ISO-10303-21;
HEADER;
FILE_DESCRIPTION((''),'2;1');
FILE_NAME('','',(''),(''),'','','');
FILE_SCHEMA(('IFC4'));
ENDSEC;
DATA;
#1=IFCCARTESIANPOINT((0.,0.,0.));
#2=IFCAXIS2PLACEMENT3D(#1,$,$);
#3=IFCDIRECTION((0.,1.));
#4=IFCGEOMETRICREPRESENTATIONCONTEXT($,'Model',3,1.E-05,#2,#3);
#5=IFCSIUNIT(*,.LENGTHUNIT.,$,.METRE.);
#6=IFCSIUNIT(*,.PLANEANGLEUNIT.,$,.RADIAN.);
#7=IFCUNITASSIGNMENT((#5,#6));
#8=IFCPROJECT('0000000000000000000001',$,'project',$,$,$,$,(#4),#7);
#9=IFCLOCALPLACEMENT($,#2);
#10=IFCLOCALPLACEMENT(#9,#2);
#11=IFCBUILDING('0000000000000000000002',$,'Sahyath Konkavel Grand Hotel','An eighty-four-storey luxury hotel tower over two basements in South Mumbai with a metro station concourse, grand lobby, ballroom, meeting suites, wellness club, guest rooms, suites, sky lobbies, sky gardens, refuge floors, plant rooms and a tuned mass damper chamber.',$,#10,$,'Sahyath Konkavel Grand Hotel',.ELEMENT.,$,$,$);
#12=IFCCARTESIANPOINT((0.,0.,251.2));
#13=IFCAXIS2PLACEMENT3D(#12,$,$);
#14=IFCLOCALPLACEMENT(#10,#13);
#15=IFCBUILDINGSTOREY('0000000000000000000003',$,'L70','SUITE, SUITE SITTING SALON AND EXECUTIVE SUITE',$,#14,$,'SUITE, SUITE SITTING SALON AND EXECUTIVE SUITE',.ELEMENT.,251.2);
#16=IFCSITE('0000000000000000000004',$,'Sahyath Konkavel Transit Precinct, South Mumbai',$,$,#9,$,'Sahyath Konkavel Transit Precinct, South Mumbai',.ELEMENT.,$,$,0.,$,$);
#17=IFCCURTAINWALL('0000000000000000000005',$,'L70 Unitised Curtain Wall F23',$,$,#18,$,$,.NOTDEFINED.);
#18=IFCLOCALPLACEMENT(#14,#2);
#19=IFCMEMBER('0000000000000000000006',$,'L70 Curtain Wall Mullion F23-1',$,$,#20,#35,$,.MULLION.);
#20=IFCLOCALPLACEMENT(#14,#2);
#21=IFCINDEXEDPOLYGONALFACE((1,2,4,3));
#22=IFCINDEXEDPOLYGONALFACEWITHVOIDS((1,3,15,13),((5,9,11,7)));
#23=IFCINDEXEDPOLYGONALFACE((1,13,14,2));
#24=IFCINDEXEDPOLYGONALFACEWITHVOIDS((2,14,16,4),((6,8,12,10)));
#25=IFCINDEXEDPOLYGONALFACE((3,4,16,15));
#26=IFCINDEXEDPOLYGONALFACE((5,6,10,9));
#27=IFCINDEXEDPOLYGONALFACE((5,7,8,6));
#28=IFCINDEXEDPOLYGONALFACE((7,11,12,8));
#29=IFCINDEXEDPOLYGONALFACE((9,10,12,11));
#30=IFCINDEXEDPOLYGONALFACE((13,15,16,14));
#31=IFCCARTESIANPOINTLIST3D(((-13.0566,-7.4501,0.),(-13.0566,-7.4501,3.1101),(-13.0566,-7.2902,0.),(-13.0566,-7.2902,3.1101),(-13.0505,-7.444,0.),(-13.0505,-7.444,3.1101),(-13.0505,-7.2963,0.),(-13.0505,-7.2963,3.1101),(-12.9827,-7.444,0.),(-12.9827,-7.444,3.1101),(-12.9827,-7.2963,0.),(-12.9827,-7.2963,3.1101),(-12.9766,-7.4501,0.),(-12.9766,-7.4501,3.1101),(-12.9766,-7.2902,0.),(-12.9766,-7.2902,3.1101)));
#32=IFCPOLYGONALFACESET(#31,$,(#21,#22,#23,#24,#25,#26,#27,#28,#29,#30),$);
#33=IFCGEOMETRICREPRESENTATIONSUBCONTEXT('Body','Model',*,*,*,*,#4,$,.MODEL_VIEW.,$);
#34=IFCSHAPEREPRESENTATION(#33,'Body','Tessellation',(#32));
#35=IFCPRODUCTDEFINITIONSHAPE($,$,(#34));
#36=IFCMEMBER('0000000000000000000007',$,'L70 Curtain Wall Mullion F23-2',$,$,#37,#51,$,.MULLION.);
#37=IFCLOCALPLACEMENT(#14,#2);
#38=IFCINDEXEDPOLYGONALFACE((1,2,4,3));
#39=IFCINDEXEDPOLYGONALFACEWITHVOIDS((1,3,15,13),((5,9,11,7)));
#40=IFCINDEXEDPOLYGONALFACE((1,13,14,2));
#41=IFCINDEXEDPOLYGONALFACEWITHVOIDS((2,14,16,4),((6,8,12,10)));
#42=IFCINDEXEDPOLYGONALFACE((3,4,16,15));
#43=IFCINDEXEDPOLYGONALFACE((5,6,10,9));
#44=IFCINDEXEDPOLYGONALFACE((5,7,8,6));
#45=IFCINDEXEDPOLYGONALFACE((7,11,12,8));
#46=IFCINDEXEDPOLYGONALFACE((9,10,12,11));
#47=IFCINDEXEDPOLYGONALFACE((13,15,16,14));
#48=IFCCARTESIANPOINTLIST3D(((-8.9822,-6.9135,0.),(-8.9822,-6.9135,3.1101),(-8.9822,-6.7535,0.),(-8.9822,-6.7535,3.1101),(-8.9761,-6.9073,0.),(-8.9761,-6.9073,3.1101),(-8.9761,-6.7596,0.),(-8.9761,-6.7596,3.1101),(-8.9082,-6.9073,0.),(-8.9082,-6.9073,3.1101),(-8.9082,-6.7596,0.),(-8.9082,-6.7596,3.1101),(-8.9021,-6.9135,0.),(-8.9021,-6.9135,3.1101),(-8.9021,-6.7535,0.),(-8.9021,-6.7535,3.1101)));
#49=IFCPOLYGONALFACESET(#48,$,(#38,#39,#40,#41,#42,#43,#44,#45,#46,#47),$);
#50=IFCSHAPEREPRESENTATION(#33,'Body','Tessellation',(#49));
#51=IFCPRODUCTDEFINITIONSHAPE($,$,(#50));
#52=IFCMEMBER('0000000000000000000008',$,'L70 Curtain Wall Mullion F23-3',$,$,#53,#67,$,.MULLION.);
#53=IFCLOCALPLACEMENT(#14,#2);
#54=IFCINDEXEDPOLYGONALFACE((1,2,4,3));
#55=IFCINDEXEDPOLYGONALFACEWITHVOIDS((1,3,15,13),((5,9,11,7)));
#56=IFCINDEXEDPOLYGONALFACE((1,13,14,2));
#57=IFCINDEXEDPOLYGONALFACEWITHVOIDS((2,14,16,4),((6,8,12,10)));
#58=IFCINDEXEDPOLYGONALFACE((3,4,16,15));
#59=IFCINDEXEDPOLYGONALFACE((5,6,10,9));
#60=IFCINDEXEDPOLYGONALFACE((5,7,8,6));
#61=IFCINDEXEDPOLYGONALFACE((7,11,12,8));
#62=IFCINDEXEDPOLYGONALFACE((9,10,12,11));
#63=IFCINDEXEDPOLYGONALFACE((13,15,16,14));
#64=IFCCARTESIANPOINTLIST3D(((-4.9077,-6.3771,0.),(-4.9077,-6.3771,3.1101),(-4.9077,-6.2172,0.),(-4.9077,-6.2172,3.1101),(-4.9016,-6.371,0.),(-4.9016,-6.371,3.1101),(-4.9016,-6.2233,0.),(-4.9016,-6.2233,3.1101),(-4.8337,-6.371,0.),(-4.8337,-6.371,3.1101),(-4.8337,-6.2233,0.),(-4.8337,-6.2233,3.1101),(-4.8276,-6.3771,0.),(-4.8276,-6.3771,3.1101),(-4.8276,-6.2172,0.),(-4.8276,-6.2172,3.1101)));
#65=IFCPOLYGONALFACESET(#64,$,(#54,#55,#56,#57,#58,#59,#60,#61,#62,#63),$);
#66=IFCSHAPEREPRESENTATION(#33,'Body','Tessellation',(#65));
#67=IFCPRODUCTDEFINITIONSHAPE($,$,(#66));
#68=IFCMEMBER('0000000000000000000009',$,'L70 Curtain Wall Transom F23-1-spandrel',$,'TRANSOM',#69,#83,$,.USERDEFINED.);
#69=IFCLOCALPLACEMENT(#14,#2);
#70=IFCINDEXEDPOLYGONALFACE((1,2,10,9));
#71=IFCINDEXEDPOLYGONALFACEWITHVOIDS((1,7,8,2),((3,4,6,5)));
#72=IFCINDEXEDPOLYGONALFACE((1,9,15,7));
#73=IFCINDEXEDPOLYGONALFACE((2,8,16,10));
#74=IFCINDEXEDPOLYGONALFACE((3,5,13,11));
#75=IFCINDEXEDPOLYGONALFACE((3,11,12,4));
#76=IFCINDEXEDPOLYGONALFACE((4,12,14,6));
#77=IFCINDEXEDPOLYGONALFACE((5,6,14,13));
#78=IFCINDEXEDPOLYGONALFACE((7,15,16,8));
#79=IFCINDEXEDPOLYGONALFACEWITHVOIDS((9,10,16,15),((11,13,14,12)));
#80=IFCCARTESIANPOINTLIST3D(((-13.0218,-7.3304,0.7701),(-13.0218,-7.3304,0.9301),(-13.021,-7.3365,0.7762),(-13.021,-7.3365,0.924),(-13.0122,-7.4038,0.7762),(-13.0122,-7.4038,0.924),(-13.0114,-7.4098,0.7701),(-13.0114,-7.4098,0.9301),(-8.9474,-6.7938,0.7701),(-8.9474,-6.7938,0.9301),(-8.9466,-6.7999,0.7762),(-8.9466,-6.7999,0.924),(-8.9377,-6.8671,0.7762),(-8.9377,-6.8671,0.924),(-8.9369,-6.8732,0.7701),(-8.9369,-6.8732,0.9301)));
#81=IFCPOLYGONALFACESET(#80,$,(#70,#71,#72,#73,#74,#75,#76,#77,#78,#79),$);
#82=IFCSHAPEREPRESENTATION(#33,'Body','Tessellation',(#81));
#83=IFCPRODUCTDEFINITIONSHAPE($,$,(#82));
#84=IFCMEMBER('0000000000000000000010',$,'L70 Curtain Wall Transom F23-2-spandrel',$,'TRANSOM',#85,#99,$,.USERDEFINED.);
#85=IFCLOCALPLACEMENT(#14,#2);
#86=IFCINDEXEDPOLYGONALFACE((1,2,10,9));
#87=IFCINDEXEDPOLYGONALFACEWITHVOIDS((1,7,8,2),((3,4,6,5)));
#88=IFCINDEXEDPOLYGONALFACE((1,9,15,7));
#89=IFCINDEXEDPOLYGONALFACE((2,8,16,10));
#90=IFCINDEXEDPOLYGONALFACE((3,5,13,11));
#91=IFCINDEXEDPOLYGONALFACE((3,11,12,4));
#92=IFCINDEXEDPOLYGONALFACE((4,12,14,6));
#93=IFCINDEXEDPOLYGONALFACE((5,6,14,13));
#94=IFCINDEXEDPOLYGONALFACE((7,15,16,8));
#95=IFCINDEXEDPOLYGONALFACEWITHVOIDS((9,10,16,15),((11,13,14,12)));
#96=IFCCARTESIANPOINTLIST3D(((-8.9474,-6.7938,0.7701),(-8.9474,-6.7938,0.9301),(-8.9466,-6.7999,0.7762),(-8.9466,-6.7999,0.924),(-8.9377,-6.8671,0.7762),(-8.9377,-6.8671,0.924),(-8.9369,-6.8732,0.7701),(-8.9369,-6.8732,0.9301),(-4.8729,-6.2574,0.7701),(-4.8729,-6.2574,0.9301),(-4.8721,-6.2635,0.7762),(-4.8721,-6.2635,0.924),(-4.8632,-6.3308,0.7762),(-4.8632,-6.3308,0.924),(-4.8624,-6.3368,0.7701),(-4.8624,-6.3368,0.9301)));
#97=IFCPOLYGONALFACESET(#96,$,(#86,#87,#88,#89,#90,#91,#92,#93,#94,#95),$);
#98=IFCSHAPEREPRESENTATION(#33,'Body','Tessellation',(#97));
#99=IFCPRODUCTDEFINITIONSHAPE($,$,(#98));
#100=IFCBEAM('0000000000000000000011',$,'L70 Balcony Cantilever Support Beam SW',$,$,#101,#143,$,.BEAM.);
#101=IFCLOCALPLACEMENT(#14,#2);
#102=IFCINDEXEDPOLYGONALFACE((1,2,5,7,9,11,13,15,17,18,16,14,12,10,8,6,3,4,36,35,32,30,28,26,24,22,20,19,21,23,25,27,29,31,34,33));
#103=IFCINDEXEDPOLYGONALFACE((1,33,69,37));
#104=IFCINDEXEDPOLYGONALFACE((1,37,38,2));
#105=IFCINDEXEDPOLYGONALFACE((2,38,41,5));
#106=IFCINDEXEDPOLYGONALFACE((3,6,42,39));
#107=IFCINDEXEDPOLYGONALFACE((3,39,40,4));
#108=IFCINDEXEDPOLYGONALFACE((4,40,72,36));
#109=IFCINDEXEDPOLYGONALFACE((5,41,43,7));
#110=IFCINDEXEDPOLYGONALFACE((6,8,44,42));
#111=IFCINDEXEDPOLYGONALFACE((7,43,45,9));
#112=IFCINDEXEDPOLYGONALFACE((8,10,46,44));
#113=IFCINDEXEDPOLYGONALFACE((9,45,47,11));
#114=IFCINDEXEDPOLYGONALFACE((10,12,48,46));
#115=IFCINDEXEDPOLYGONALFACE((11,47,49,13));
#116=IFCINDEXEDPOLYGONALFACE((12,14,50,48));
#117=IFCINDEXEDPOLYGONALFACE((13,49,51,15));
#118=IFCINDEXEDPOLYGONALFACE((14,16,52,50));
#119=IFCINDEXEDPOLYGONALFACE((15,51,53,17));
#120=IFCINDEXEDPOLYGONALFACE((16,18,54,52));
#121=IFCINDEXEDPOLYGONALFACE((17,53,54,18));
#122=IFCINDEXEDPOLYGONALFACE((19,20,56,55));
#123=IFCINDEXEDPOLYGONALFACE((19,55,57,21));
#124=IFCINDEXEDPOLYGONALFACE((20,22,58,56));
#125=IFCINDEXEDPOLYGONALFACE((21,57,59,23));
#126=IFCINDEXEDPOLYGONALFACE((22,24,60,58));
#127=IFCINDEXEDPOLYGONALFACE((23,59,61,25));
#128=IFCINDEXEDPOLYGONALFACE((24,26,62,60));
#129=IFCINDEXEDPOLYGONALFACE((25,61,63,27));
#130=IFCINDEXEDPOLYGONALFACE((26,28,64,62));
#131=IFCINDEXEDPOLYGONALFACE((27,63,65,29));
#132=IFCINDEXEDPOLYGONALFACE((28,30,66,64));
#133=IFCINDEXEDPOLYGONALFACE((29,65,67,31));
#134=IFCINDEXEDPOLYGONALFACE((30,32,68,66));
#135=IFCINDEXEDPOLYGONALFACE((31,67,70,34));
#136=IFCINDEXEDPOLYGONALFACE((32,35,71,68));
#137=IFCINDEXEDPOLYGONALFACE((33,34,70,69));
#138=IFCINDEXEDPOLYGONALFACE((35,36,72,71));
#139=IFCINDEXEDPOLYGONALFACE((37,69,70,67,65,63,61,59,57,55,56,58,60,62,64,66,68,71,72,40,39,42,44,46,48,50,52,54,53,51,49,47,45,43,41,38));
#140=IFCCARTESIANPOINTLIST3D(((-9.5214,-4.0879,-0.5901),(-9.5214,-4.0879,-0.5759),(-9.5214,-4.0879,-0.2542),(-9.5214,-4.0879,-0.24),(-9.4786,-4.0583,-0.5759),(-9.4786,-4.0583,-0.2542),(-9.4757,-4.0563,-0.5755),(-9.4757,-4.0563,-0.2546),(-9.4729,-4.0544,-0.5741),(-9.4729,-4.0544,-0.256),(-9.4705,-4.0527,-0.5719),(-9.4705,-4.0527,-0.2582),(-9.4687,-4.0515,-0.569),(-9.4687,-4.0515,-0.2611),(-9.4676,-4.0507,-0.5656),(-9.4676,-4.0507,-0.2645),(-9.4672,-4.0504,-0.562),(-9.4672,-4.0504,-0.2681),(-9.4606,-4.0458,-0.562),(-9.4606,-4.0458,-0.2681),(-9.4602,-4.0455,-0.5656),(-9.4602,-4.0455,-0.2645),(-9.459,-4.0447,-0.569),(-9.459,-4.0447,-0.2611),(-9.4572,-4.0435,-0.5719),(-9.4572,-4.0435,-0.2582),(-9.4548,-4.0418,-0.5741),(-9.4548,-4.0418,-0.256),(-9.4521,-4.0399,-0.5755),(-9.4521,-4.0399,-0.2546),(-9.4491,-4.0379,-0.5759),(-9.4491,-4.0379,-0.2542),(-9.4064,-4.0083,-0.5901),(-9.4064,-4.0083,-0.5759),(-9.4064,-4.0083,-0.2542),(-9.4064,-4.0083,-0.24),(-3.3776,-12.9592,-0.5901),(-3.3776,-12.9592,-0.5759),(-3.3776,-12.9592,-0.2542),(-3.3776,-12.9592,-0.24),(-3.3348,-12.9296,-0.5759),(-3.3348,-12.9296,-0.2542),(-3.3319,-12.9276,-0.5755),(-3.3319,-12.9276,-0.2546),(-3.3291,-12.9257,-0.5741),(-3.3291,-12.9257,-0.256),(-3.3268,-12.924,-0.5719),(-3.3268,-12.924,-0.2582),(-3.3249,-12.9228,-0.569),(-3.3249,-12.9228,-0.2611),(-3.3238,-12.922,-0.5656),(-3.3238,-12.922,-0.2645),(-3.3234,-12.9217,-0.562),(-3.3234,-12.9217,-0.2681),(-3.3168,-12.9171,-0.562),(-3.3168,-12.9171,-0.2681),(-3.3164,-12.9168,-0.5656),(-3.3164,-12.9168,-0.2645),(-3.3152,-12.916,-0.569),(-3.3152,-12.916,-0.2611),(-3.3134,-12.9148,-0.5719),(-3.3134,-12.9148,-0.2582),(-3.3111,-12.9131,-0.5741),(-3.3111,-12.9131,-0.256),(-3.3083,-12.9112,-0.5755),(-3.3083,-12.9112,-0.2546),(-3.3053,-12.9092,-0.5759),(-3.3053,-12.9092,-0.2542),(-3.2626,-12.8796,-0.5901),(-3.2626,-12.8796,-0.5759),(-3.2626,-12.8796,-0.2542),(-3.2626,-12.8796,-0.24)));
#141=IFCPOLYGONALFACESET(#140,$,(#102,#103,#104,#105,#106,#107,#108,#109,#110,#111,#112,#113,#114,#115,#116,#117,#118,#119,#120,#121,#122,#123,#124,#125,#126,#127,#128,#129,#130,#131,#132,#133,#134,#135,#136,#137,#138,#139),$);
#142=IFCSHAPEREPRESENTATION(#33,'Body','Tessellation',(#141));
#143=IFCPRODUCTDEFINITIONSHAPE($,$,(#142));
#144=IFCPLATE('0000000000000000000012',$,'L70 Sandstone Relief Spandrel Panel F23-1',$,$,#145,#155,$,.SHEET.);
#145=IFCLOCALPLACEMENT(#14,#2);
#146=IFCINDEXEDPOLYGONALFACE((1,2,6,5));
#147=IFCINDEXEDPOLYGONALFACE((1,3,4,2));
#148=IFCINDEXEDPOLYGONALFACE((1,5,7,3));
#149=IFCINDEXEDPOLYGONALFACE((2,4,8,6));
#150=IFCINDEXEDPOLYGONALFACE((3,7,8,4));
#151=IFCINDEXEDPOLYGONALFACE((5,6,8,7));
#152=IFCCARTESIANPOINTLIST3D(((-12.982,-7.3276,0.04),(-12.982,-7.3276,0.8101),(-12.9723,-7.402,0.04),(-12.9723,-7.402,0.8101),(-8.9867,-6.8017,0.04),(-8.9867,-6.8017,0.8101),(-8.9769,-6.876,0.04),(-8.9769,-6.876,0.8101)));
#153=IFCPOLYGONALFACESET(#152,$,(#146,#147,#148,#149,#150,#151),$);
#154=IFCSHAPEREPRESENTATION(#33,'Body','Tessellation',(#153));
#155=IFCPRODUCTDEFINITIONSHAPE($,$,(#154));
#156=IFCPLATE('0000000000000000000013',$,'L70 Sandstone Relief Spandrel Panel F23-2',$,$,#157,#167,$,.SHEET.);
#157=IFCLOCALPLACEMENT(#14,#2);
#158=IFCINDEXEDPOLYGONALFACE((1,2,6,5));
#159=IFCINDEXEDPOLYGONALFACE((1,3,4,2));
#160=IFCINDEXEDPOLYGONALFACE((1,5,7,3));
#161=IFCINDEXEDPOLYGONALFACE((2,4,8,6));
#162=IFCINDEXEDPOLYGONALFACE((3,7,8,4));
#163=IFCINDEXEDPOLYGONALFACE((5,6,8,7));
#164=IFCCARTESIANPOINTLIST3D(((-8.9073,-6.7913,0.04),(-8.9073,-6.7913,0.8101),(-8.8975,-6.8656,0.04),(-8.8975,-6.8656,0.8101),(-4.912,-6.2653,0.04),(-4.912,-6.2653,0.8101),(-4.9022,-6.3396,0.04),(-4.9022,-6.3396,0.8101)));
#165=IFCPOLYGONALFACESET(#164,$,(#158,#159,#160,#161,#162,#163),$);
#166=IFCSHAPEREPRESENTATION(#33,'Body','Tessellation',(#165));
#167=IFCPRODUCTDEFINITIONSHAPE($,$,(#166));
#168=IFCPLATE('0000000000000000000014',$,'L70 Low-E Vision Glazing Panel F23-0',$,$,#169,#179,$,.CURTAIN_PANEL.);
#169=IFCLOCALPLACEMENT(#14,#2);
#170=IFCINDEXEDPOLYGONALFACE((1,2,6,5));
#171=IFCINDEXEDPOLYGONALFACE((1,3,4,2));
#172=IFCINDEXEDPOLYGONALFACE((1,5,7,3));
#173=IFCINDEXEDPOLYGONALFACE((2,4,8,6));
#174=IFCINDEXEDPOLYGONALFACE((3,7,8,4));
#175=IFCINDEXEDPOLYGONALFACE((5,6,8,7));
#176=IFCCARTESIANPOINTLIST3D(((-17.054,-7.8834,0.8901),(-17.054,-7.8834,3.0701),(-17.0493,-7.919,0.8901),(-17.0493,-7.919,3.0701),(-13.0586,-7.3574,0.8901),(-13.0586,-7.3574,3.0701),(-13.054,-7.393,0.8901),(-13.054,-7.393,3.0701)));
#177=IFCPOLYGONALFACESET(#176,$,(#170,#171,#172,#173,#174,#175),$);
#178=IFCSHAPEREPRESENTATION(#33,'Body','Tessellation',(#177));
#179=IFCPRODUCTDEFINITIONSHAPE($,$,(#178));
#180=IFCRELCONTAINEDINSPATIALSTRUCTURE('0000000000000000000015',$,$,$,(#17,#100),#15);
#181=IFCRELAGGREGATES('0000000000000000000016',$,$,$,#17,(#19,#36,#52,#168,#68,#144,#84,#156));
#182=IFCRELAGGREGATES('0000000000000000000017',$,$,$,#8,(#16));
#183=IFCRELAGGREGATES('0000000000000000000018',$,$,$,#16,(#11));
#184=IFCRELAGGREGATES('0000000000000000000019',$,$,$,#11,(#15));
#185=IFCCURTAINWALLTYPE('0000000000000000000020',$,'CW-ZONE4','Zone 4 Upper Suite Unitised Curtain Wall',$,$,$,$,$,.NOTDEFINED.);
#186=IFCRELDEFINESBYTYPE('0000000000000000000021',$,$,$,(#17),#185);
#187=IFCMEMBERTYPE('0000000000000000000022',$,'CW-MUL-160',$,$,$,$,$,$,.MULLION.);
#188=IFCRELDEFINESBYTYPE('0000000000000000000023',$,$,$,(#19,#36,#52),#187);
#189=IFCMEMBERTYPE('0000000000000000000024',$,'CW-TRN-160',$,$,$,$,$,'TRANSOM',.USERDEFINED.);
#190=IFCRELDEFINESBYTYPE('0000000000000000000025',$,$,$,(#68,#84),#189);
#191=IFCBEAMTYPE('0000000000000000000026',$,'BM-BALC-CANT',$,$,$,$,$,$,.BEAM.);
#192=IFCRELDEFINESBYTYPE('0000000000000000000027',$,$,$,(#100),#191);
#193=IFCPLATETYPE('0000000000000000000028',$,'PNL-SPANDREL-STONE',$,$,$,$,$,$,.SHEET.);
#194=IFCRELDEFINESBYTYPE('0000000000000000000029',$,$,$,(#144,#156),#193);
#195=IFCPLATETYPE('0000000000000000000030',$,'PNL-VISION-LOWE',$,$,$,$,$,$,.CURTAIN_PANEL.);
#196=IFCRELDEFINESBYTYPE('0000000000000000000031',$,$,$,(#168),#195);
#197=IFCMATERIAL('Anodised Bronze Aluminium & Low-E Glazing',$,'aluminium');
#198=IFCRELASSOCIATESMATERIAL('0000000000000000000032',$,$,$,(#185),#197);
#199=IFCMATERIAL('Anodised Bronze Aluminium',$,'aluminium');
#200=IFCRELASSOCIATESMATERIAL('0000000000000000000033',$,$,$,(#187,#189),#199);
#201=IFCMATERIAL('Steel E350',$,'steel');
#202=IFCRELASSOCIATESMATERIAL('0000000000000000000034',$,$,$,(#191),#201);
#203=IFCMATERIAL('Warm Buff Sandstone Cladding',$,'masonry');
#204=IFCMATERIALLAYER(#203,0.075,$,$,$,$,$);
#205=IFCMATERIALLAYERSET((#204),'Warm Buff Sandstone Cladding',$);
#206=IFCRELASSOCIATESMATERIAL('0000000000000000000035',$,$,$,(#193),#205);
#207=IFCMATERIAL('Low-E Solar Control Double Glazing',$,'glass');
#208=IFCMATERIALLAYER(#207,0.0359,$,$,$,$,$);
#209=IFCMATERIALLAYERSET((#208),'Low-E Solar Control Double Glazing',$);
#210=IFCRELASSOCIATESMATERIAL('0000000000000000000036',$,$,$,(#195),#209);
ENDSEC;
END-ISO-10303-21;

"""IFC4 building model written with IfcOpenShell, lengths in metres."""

from ifc_helpers import new_model, si_unit, direction, frame, origin, origin_2d, place, context, subcontext, project, spatial, rectangle, hollow_rectangle, i_section, extrude, source, transform, mapped, material, layer, layer_set, material_profile, profile_set, type_object, element, aggregate, save


model = new_model("IFC4")

# Units and contexts
model_context = context("Model", 3, precision=1e-05, world=origin(), true_north=direction((0.0, 1.0)))
body_context = subcontext(model_context, "Body", "Model", "MODEL_VIEW")
ifc_project = project(units=[si_unit("LENGTHUNIT", "METRE"), si_unit("PLANEANGLEUNIT", "RADIAN")], contexts=[model_context])

# Site, building, storey
site_placement = place(None, origin())
site = spatial("IfcSite", under=ifc_project, at=site_placement, Name="Sahyath Konkavel Transit Precinct, South Mumbai", LongName="Sahyath Konkavel Transit Precinct, South Mumbai", CompositionType="ELEMENT", RefElevation=0.0)
building_placement = place(site_placement, origin())
building = spatial("IfcBuilding", under=site, at=building_placement, Name="Sahyath Konkavel Grand Hotel", Description="An eighty-four-storey luxury hotel tower over two basements in South Mumbai with a metro station concourse, grand lobby, ballroom, meeting suites, wellness club, guest rooms, suites, sky lobbies, sky gardens, refuge floors, plant rooms and a tuned mass damper chamber.", LongName="Sahyath Konkavel Grand Hotel", CompositionType="ELEMENT")
storey_placement = place(building_placement, frame((0.0, 0.0, 251.2)))
storey = spatial("IfcBuildingStorey", under=building, at=storey_placement, Name="L70", Description="SUITE, SUITE SITTING SALON AND EXECUTIVE SUITE", LongName="SUITE, SUITE SITTING SALON AND EXECUTIVE SUITE", CompositionType="ELEMENT", Elevation=251.2)

# Shared definitions
ifc_material_1 = material(Name="Steel E350", Category="steel")

# Curtain wall, members
ifc_material_2 = material(Name="Anodised Bronze Aluminium & Low-E Glazing", Category="aluminium")
curtain_wall_type = type_object("IfcCurtainWallType", Name="CW-ZONE4", Description="Zone 4 Upper Suite Unitised Curtain Wall", PredefinedType="NOTDEFINED", material=ifc_material_2)
curtain_wall_placement = place(storey_placement, origin())
curtain_wall = element("IfcCurtainWall", 1, at=curtain_wall_placement, inside=storey, type_object=curtain_wall_type, Name="L70 Unitised Curtain Wall F23", PredefinedType="NOTDEFINED")
ifc_material_3 = material(Name="Anodised Bronze Aluminium", Category="aluminium")
ifc_material_profile_1 = material_profile(ifc_material_3, hollow_rectangle(XDim=0.0801, YDim=0.1599, WallThickness=0.0061, at=origin_2d()), Name="RHS 160x80x6")
ifc_profile_set_1 = profile_set([ifc_material_profile_1], Name="Anodised Bronze Aluminium")
member_type_1 = type_object("IfcMemberType", Name="CW-MUL-160", PredefinedType="MULLION", material=ifc_profile_set_1)
shared_shape_1 = source(origin(), body_context, "Body", "SweptSolid", [
    extrude(hollow_rectangle(XDim=0.0801, YDim=0.1599, WallThickness=0.0061, at=origin_2d()), origin(), (0.0, 0.0, 1.0), 3.1101),
])
member_1_placement = place(storey_placement, frame((-13.0166, -7.3701, 0.0), z_axis=(0.0, 0.0, 1.0), x_axis=(1.0, 0.0, 0.0)))
member_1 = element("IfcMember", 2, at=member_1_placement, type_object=member_type_1, Name="L70 Curtain Wall Mullion F23-1", PredefinedType="MULLION", context=body_context, shape_type="MappedRepresentation", body=[
    mapped(shared_shape_1, transform((0.0, 0.0, 0.0), scale=1.0)),
])
member_2_placement = place(storey_placement, frame((-8.9421, -6.8335, 0.0), z_axis=(0.0, 0.0, 1.0), x_axis=(1.0, 0.0, 0.0)))
member_2 = element("IfcMember", 3, at=member_2_placement, type_object=member_type_1, Name="L70 Curtain Wall Mullion F23-2", PredefinedType="MULLION", context=body_context, shape_type="MappedRepresentation", body=[
    mapped(shared_shape_1, transform((0.0, 0.0, 0.0), scale=1.0)),
])
member_3_placement = place(storey_placement, frame((-4.8677, -6.2971, 0.0), z_axis=(0.0, 0.0, 1.0), x_axis=(1.0, 0.0, 0.0)))
member_3 = element("IfcMember", 4, at=member_3_placement, type_object=member_type_1, Name="L70 Curtain Wall Mullion F23-3", PredefinedType="MULLION", context=body_context, shape_type="MappedRepresentation", body=[
    mapped(shared_shape_1, transform((0.0, 0.0, 0.0), scale=1.0)),
])
ifc_material_profile_2 = material_profile(ifc_material_3, hollow_rectangle(XDim=0.0801, YDim=0.1599, WallThickness=0.0061, at=origin_2d()), Name="RHS 160x80x6")
ifc_profile_set_2 = profile_set([ifc_material_profile_2], Name="Anodised Bronze Aluminium")
member_type_2 = type_object("IfcMemberType", Name="CW-TRN-160", ElementType="TRANSOM", PredefinedType="USERDEFINED", material=ifc_profile_set_2)
shared_shape_2 = source(origin(), body_context, "Body", "SweptSolid", [
    extrude(hollow_rectangle(XDim=0.0801, YDim=0.1599, WallThickness=0.0061, at=origin_2d()), origin(), (0.0, 0.0, 1.0), 4.1096),
])
member_4_placement = place(storey_placement, frame((-13.0166, -7.3701, 0.8501), z_axis=(0.991438, 0.130576, 0.0), x_axis=(-0.130576, 0.991438, 0.0)))
member_4 = element("IfcMember", 5, at=member_4_placement, type_object=member_type_2, Name="L70 Curtain Wall Transom F23-1-spandrel", ObjectType="TRANSOM", PredefinedType="USERDEFINED", context=body_context, shape_type="MappedRepresentation", body=[
    mapped(shared_shape_2, transform((0.0, 0.0, 0.0), scale=1.0)),
])
member_5_placement = place(storey_placement, frame((-8.9421, -6.8335, 0.8501), z_axis=(0.991446, 0.130518, 0.0), x_axis=(-0.130518, 0.991446, 0.0)))
member_5 = element("IfcMember", 6, at=member_5_placement, type_object=member_type_2, Name="L70 Curtain Wall Transom F23-2-spandrel", ObjectType="TRANSOM", PredefinedType="USERDEFINED", context=body_context, shape_type="MappedRepresentation", body=[
    mapped(shared_shape_2, transform((0.0, 0.0, 0.0), scale=1.0)),
])

# Beam
ifc_material_profile_3 = material_profile(ifc_material_1, i_section(OverallWidth=0.1399, OverallDepth=0.3501, WebThickness=0.0081, FlangeThickness=0.0142, FilletRadius=0.0139, at=origin_2d()), Name="ISMB 350")
ifc_profile_set_3 = profile_set([ifc_material_profile_3], Name="Steel E350")
beam_type_1 = type_object("IfcBeamType", Name="BM-BALC-CANT", PredefinedType="BEAM", material=ifc_profile_set_3)
shared_shape_3 = source(origin(), body_context, "Body", "SweptSolid", [
    extrude(i_section(OverallWidth=0.1399, OverallDepth=0.3501, WebThickness=0.0081, FlangeThickness=0.0142, FilletRadius=0.0139, at=origin_2d()), origin(), (0.0, 0.0, 1.0), 10.791),
])
beam_1_placement = place(storey_placement, frame((-9.4639, -4.0481, -0.415), z_axis=(0.569342, -0.822101, 0.0), x_axis=(0.822101, 0.569342, 0.0)))
element("IfcBeam", 7, at=beam_1_placement, inside=storey, type_object=beam_type_1, Name="L70 Balcony Cantilever Support Beam SW", PredefinedType="BEAM", context=body_context, shape_type="MappedRepresentation", body=[
    mapped(shared_shape_3, transform((0.0, 0.0, 0.0), scale=1.0)),
])

# Plates
ifc_material_4 = material(Name="Warm Buff Sandstone Cladding", Category="masonry")
ifc_layer_1 = layer(ifc_material_4, 0.075)
ifc_layer_set_1 = layer_set([ifc_layer_1], Name="Warm Buff Sandstone Cladding")
plate_type_1 = type_object("IfcPlateType", Name="PNL-SPANDREL-STONE", PredefinedType="SHEET", material=ifc_layer_set_1)
shared_shape_4 = source(origin(), body_context, "Body", "SweptSolid", [
    extrude(rectangle(XDim=4.0298, YDim=0.075, at=origin_2d()), origin(), (0.0, 0.0, 1.0), 0.77),
])
plate_1_placement = place(storey_placement, frame((-10.9795, -7.1018, 0.04), z_axis=(0.0, 0.0, 1.0), x_axis=(0.991445, 0.130526, 0.0)))
plate_1 = element("IfcPlate", 8, at=plate_1_placement, type_object=plate_type_1, Name="L70 Sandstone Relief Spandrel Panel F23-1", PredefinedType="SHEET", context=body_context, shape_type="MappedRepresentation", body=[
    mapped(shared_shape_4, transform((0.0, 0.0, 0.0), scale=1.0)),
])
plate_2_placement = place(storey_placement, frame((-6.9048, -6.5654, 0.04), z_axis=(0.0, 0.0, 1.0), x_axis=(0.991445, 0.130526, 0.0)))
plate_2 = element("IfcPlate", 9, at=plate_2_placement, type_object=plate_type_1, Name="L70 Sandstone Relief Spandrel Panel F23-2", PredefinedType="SHEET", context=body_context, shape_type="MappedRepresentation", body=[
    mapped(shared_shape_4, transform((0.0, 0.0, 0.0), scale=1.0)),
])
ifc_material_5 = material(Name="Low-E Solar Control Double Glazing", Category="glass")
ifc_layer_2 = layer(ifc_material_5, 0.0359)
ifc_layer_set_2 = layer_set([ifc_layer_2], Name="Low-E Solar Control Double Glazing")
plate_type_2 = type_object("IfcPlateType", Name="PNL-VISION-LOWE", PredefinedType="CURTAIN_PANEL", material=ifc_layer_set_2)
shared_shape_5 = source(origin(), body_context, "Body", "SweptSolid", [
    extrude(rectangle(XDim=4.0298, YDim=0.0359, at=origin_2d()), origin(), (0.0, 0.0, 1.0), 2.1799),
])
plate_3_placement = place(storey_placement, frame((-15.054, -7.6382, 0.8901), z_axis=(0.0, 0.0, 1.0), x_axis=(0.991445, 0.130526, 0.0)))
plate_3 = element("IfcPlate", 10, at=plate_3_placement, type_object=plate_type_2, Name="L70 Low-E Vision Glazing Panel F23-0", PredefinedType="CURTAIN_PANEL", context=body_context, shape_type="MappedRepresentation", body=[
    mapped(shared_shape_5, transform((0.0, 0.0, 0.0), scale=1.0)),
])
aggregate(curtain_wall, [member_1, member_2, member_3, plate_3, member_4, plate_1, member_5, plate_2])

save(model, "model.ifc")
